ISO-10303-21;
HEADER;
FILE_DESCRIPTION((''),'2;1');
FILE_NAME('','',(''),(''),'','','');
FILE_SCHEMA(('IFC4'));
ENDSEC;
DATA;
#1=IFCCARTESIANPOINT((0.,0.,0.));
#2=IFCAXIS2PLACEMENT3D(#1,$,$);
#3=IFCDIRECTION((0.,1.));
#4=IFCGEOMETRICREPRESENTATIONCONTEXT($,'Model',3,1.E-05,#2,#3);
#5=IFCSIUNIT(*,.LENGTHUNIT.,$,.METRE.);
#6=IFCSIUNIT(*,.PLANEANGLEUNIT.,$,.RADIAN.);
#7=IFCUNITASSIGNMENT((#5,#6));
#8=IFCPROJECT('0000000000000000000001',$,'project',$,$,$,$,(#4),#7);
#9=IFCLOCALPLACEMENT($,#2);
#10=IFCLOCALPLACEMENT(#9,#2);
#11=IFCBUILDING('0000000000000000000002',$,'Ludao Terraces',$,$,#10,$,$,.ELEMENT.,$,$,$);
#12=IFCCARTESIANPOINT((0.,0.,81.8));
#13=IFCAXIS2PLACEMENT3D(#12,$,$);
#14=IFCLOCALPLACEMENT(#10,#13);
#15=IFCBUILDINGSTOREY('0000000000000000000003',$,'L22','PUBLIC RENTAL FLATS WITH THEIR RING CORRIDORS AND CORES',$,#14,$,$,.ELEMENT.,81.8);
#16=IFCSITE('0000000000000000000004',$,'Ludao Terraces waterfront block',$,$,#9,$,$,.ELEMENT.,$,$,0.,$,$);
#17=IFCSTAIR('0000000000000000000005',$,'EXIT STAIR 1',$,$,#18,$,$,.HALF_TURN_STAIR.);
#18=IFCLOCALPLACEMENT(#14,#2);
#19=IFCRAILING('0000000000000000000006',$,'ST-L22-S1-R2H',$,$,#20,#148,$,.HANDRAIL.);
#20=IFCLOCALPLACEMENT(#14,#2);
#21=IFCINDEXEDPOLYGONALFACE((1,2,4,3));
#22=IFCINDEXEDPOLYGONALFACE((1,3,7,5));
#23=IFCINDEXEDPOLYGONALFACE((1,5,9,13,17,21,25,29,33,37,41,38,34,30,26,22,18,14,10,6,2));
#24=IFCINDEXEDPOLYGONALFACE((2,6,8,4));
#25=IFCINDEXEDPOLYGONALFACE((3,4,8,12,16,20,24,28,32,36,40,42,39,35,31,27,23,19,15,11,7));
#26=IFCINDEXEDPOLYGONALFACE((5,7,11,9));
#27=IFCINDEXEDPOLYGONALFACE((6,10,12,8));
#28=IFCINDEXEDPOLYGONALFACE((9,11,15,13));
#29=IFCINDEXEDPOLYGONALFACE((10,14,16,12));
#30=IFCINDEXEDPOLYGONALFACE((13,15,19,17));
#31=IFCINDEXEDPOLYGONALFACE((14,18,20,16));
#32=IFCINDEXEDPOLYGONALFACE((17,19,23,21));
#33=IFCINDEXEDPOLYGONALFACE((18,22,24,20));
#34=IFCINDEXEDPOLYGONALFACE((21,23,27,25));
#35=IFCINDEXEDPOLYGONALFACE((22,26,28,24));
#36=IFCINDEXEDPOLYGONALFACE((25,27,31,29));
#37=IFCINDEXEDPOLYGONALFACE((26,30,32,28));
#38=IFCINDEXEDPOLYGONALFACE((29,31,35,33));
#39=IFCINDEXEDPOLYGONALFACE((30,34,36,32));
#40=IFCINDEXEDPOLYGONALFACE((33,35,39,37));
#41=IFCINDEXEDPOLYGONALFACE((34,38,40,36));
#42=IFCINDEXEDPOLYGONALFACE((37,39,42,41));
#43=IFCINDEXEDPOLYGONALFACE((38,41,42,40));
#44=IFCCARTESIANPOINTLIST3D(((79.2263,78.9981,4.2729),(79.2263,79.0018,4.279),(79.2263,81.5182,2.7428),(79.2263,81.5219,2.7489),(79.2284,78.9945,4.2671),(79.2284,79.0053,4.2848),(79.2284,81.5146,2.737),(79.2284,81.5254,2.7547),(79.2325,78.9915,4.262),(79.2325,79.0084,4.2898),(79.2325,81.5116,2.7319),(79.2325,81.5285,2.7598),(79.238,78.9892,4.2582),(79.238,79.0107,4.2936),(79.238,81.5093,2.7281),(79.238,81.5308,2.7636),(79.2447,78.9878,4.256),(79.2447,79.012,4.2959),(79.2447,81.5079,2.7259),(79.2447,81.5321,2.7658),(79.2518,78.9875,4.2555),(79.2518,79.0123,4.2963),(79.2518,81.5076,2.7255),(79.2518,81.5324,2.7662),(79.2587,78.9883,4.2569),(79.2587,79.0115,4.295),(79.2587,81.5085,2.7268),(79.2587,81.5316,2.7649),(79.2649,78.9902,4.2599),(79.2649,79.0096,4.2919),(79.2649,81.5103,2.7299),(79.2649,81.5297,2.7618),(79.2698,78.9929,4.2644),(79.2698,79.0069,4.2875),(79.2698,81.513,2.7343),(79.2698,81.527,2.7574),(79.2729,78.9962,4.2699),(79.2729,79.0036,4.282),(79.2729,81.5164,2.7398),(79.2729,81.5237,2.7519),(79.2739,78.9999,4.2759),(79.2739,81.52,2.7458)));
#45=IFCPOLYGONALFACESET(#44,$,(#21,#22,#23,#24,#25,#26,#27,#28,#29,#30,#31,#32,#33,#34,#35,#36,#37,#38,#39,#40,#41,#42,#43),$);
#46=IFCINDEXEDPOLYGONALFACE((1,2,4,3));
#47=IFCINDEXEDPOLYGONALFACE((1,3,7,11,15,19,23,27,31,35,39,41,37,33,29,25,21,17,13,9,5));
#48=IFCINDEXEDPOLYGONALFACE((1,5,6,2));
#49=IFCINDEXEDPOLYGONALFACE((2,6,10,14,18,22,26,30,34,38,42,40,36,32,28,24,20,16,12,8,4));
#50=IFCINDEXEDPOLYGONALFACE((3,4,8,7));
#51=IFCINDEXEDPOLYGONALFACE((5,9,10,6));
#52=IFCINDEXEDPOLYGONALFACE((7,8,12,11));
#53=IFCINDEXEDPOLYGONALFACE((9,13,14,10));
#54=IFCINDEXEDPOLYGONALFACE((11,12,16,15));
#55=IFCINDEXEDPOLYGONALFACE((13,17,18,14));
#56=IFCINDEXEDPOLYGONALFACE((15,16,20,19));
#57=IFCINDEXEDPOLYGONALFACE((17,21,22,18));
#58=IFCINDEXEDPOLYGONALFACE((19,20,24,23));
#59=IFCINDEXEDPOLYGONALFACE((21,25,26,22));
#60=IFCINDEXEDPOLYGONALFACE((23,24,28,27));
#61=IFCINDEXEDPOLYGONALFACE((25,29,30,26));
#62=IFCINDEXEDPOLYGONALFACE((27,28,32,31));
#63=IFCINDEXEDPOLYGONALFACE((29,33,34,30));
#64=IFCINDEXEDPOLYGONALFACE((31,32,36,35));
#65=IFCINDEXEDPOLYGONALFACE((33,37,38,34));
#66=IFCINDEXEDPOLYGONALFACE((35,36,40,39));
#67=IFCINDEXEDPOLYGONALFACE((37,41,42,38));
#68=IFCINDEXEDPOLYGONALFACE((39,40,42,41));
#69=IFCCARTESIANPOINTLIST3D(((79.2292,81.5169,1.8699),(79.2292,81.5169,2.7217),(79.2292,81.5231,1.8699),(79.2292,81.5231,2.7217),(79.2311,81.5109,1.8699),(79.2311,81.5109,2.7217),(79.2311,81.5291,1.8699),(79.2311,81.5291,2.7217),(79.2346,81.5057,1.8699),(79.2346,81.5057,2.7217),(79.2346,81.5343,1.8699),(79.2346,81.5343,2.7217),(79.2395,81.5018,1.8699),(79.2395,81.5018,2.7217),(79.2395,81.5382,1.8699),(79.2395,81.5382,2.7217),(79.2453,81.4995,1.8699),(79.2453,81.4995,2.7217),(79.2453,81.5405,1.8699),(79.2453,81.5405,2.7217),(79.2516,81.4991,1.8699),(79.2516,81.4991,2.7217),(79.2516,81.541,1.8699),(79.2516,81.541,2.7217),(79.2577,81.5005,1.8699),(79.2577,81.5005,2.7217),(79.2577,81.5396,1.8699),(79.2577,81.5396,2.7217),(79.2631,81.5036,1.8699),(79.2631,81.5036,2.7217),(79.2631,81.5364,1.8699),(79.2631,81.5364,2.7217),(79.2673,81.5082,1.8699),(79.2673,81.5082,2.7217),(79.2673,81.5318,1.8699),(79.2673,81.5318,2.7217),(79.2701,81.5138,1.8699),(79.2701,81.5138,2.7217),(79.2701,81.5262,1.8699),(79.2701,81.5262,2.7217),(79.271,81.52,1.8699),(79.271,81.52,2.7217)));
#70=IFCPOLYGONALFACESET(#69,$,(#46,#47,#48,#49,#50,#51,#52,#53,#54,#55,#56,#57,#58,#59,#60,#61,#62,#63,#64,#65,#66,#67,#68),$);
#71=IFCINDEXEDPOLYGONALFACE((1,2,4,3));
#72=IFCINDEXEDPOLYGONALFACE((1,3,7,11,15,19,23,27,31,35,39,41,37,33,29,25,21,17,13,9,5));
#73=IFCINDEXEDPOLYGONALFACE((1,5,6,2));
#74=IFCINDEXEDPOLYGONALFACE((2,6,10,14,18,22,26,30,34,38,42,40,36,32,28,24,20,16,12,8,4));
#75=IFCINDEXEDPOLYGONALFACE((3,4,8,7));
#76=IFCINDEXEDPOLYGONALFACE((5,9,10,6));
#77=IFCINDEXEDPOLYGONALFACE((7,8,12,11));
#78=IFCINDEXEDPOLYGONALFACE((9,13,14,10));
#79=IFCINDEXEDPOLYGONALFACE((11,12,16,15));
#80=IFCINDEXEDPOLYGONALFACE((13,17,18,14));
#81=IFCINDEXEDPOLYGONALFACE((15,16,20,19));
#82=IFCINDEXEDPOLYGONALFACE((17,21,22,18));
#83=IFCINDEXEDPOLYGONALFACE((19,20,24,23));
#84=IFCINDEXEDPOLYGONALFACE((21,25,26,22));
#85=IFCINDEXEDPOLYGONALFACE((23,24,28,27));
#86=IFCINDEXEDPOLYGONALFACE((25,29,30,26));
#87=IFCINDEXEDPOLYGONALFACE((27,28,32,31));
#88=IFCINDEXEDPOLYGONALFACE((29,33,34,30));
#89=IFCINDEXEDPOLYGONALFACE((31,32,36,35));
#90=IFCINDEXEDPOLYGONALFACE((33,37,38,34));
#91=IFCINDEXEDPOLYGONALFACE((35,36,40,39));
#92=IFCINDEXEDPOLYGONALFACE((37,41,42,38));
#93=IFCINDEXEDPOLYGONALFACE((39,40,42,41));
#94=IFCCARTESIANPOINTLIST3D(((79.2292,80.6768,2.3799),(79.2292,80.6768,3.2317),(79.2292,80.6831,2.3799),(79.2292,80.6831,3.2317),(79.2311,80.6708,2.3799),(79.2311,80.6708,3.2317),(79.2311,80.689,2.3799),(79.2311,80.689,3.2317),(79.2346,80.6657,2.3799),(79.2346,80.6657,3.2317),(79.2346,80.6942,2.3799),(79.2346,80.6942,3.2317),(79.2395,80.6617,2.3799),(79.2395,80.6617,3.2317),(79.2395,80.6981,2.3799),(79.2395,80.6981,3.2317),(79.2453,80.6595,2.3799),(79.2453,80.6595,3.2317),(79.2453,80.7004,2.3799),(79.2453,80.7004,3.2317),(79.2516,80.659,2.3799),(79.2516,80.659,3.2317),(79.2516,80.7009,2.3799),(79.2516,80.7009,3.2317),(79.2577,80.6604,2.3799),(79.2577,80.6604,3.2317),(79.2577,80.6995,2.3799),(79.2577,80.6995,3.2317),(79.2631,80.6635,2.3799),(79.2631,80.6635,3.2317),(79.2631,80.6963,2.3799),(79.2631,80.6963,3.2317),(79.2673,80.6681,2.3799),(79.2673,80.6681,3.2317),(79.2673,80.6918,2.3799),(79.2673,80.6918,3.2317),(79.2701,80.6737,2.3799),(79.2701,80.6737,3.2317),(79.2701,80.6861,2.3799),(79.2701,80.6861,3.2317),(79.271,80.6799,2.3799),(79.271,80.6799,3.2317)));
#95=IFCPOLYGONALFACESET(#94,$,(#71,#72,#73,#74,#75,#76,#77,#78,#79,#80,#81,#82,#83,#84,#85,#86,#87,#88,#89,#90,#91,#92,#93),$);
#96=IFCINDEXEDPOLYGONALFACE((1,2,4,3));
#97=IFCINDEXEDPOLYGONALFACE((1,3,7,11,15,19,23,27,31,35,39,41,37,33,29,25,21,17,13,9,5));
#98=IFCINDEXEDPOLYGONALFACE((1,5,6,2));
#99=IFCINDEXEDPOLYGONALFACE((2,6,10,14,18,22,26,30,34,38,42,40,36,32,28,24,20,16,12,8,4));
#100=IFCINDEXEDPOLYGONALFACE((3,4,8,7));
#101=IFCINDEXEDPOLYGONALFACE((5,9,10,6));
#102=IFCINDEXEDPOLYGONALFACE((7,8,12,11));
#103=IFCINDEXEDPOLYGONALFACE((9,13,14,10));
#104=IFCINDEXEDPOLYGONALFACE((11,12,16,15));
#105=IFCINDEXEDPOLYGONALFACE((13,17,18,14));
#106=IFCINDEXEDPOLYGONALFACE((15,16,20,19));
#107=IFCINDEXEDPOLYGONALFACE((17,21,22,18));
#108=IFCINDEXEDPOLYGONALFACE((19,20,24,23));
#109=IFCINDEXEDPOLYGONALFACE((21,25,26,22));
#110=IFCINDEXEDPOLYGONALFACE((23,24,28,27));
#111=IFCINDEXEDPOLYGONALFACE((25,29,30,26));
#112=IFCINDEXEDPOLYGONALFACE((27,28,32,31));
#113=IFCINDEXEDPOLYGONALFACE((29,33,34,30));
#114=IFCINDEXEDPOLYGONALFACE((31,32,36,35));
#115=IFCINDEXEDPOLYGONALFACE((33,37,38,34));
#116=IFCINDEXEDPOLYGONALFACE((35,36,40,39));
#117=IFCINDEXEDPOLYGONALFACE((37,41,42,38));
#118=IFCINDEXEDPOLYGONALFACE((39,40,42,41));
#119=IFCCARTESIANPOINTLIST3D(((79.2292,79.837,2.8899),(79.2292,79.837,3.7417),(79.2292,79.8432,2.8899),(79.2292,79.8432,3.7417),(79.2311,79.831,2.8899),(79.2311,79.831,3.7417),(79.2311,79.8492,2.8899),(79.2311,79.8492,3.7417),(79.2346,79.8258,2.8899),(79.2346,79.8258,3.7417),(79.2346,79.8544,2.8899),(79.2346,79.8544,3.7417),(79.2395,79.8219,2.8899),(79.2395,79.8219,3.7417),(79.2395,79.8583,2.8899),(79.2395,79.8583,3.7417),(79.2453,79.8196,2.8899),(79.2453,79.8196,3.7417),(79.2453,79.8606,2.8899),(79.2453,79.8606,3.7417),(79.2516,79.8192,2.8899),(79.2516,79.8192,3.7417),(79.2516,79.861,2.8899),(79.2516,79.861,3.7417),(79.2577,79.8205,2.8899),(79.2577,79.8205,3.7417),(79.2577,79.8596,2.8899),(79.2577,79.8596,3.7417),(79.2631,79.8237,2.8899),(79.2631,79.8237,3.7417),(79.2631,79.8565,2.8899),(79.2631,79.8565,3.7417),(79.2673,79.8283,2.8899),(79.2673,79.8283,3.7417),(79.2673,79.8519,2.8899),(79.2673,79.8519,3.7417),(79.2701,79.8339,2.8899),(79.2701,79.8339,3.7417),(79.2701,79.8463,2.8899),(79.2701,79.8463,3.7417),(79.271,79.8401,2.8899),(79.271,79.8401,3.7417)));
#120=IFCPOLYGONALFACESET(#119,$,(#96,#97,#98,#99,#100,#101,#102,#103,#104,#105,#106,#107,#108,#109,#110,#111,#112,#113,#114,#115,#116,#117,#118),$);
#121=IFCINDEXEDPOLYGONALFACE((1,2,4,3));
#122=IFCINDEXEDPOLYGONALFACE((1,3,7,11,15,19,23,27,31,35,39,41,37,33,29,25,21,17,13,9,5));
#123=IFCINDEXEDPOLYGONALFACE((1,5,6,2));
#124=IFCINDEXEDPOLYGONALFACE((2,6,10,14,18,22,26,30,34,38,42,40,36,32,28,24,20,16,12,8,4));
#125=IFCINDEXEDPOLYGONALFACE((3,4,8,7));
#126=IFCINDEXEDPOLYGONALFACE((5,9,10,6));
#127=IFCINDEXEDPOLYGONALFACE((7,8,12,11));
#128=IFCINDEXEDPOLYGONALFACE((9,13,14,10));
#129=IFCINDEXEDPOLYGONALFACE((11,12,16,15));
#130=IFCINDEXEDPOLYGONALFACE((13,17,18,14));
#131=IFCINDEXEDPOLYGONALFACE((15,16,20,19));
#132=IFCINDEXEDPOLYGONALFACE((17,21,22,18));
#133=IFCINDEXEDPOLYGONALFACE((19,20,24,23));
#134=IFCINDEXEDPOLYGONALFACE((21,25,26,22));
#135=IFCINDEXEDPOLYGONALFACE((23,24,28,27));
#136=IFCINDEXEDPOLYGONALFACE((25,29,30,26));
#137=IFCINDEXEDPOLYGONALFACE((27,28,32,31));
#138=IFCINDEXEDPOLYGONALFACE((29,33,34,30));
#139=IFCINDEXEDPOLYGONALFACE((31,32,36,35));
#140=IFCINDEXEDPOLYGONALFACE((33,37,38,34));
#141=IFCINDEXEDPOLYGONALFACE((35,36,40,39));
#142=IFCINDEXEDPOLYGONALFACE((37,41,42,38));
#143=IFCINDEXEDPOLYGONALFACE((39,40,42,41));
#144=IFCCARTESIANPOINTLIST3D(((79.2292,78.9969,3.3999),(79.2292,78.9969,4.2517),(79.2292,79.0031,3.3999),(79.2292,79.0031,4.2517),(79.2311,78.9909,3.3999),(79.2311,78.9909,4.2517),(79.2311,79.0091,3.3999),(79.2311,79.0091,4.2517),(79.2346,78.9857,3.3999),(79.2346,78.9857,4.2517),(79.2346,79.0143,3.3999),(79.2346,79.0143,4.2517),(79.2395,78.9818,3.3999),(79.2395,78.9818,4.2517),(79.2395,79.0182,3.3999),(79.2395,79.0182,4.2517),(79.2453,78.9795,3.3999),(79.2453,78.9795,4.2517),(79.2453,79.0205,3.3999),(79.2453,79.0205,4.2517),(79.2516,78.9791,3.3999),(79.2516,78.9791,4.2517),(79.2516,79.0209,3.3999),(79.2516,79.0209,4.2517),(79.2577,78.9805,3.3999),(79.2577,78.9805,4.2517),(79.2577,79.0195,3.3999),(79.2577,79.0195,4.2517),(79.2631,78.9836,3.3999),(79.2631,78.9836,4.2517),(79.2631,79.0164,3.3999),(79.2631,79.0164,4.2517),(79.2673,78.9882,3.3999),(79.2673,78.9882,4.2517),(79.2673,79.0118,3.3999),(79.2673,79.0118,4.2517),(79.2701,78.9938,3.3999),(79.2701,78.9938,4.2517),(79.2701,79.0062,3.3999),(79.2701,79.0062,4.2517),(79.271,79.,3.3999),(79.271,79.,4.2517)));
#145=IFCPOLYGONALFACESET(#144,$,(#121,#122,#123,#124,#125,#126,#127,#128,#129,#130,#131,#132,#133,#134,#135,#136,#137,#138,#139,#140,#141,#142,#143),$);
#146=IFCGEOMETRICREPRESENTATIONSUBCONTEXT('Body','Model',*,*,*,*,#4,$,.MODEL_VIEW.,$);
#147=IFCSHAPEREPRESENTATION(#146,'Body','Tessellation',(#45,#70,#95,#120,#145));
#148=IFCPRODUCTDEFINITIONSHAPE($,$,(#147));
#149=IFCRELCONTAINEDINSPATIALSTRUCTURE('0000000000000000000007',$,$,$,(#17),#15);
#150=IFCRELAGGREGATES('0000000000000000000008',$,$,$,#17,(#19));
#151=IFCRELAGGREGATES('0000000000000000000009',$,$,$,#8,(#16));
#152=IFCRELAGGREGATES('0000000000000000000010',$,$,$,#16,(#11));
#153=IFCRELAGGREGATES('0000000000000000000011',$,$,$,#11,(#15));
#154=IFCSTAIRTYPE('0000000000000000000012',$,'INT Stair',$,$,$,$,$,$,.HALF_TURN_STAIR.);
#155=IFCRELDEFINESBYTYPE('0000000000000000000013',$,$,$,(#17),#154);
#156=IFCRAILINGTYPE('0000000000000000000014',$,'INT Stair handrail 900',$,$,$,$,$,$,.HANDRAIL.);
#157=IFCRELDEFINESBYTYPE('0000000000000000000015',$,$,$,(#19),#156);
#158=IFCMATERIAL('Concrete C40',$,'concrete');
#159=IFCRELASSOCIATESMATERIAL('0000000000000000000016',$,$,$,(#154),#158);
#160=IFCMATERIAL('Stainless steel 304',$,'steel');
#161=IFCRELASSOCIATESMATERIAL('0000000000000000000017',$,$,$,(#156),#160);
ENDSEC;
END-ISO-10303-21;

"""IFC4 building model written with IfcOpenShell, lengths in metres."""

from ifc_helpers import new_model, si_unit, direction, frame, origin, origin_2d, place, context, subcontext, project, spatial, circle, extrude, material, type_object, element, aggregate, save


model = new_model("IFC4")

# Units and contexts
model_context = context("Model", 3, precision=1e-05, world=origin(), true_north=direction((0.0, 1.0)))
body_context = subcontext(model_context, "Body", "Model", "MODEL_VIEW")
ifc_project = project(units=[si_unit("LENGTHUNIT", "METRE"), si_unit("PLANEANGLEUNIT", "RADIAN")], contexts=[model_context])

# Site, building, storey
site_placement = place(None, origin())
site = spatial("IfcSite", under=ifc_project, at=site_placement, Name="Ludao Terraces waterfront block", CompositionType="ELEMENT", RefElevation=0.0)
building_placement = place(site_placement, origin())
building = spatial("IfcBuilding", under=site, at=building_placement, Name="Ludao Terraces", CompositionType="ELEMENT")
storey_placement = place(building_placement, frame((0.0, 0.0, 81.8)))
storey = spatial("IfcBuildingStorey", under=building, at=storey_placement, Name="L22", Description="PUBLIC RENTAL FLATS WITH THEIR RING CORRIDORS AND CORES", CompositionType="ELEMENT", Elevation=81.8)

# Shared definitions
ifc_material_1 = material(Name="Stainless steel 304", Category="steel")

# Stair, railing
ifc_material_2 = material(Name="Concrete C40", Category="concrete")
stair_type = type_object("IfcStairType", Name="INT Stair", PredefinedType="HALF_TURN_STAIR", material=ifc_material_2)
stair_placement = place(storey_placement, origin())
stair = element("IfcStair", 1, at=stair_placement, inside=storey, type_object=stair_type, Name="EXIT STAIR 1", PredefinedType="HALF_TURN_STAIR")
railing_type_1 = type_object("IfcRailingType", Name="INT Stair handrail 900", PredefinedType="HANDRAIL", material=ifc_material_1)
railing_1_placement = place(storey_placement, frame((79.25, 81.52, 1.8699)))
railing_1 = element("IfcRailing", 2, at=railing_1_placement, type_object=railing_type_1, Name="ST-L22-S1-R2H", PredefinedType="HANDRAIL", context=body_context, shape_type="SweptSolid", body=[
    extrude(circle(Radius=0.0239, at=origin_2d()), frame((0.0, 0.0, 0.876), z_axis=(0.0, -0.854785, 0.518982), x_axis=(1.0, 0.0, 0.0)), (0.0, 0.0, 1.0), 2.9482),
    extrude(circle(Radius=0.021, at=origin_2d()), origin(), (0.0, 0.0, 1.0), 0.8518),
    extrude(circle(Radius=0.021, at=origin_2d()), frame((0.0, -0.8401, 0.51)), (0.0, 0.0, 1.0), 0.8518),
    extrude(circle(Radius=0.021, at=origin_2d()), frame((0.0, -1.6799, 1.02)), (0.0, 0.0, 1.0), 0.8518),
    extrude(circle(Radius=0.021, at=origin_2d()), frame((0.0, -2.52, 1.53)), (0.0, 0.0, 1.0), 0.8518),
])
aggregate(stair, [railing_1])

save(model, "model.ifc")
